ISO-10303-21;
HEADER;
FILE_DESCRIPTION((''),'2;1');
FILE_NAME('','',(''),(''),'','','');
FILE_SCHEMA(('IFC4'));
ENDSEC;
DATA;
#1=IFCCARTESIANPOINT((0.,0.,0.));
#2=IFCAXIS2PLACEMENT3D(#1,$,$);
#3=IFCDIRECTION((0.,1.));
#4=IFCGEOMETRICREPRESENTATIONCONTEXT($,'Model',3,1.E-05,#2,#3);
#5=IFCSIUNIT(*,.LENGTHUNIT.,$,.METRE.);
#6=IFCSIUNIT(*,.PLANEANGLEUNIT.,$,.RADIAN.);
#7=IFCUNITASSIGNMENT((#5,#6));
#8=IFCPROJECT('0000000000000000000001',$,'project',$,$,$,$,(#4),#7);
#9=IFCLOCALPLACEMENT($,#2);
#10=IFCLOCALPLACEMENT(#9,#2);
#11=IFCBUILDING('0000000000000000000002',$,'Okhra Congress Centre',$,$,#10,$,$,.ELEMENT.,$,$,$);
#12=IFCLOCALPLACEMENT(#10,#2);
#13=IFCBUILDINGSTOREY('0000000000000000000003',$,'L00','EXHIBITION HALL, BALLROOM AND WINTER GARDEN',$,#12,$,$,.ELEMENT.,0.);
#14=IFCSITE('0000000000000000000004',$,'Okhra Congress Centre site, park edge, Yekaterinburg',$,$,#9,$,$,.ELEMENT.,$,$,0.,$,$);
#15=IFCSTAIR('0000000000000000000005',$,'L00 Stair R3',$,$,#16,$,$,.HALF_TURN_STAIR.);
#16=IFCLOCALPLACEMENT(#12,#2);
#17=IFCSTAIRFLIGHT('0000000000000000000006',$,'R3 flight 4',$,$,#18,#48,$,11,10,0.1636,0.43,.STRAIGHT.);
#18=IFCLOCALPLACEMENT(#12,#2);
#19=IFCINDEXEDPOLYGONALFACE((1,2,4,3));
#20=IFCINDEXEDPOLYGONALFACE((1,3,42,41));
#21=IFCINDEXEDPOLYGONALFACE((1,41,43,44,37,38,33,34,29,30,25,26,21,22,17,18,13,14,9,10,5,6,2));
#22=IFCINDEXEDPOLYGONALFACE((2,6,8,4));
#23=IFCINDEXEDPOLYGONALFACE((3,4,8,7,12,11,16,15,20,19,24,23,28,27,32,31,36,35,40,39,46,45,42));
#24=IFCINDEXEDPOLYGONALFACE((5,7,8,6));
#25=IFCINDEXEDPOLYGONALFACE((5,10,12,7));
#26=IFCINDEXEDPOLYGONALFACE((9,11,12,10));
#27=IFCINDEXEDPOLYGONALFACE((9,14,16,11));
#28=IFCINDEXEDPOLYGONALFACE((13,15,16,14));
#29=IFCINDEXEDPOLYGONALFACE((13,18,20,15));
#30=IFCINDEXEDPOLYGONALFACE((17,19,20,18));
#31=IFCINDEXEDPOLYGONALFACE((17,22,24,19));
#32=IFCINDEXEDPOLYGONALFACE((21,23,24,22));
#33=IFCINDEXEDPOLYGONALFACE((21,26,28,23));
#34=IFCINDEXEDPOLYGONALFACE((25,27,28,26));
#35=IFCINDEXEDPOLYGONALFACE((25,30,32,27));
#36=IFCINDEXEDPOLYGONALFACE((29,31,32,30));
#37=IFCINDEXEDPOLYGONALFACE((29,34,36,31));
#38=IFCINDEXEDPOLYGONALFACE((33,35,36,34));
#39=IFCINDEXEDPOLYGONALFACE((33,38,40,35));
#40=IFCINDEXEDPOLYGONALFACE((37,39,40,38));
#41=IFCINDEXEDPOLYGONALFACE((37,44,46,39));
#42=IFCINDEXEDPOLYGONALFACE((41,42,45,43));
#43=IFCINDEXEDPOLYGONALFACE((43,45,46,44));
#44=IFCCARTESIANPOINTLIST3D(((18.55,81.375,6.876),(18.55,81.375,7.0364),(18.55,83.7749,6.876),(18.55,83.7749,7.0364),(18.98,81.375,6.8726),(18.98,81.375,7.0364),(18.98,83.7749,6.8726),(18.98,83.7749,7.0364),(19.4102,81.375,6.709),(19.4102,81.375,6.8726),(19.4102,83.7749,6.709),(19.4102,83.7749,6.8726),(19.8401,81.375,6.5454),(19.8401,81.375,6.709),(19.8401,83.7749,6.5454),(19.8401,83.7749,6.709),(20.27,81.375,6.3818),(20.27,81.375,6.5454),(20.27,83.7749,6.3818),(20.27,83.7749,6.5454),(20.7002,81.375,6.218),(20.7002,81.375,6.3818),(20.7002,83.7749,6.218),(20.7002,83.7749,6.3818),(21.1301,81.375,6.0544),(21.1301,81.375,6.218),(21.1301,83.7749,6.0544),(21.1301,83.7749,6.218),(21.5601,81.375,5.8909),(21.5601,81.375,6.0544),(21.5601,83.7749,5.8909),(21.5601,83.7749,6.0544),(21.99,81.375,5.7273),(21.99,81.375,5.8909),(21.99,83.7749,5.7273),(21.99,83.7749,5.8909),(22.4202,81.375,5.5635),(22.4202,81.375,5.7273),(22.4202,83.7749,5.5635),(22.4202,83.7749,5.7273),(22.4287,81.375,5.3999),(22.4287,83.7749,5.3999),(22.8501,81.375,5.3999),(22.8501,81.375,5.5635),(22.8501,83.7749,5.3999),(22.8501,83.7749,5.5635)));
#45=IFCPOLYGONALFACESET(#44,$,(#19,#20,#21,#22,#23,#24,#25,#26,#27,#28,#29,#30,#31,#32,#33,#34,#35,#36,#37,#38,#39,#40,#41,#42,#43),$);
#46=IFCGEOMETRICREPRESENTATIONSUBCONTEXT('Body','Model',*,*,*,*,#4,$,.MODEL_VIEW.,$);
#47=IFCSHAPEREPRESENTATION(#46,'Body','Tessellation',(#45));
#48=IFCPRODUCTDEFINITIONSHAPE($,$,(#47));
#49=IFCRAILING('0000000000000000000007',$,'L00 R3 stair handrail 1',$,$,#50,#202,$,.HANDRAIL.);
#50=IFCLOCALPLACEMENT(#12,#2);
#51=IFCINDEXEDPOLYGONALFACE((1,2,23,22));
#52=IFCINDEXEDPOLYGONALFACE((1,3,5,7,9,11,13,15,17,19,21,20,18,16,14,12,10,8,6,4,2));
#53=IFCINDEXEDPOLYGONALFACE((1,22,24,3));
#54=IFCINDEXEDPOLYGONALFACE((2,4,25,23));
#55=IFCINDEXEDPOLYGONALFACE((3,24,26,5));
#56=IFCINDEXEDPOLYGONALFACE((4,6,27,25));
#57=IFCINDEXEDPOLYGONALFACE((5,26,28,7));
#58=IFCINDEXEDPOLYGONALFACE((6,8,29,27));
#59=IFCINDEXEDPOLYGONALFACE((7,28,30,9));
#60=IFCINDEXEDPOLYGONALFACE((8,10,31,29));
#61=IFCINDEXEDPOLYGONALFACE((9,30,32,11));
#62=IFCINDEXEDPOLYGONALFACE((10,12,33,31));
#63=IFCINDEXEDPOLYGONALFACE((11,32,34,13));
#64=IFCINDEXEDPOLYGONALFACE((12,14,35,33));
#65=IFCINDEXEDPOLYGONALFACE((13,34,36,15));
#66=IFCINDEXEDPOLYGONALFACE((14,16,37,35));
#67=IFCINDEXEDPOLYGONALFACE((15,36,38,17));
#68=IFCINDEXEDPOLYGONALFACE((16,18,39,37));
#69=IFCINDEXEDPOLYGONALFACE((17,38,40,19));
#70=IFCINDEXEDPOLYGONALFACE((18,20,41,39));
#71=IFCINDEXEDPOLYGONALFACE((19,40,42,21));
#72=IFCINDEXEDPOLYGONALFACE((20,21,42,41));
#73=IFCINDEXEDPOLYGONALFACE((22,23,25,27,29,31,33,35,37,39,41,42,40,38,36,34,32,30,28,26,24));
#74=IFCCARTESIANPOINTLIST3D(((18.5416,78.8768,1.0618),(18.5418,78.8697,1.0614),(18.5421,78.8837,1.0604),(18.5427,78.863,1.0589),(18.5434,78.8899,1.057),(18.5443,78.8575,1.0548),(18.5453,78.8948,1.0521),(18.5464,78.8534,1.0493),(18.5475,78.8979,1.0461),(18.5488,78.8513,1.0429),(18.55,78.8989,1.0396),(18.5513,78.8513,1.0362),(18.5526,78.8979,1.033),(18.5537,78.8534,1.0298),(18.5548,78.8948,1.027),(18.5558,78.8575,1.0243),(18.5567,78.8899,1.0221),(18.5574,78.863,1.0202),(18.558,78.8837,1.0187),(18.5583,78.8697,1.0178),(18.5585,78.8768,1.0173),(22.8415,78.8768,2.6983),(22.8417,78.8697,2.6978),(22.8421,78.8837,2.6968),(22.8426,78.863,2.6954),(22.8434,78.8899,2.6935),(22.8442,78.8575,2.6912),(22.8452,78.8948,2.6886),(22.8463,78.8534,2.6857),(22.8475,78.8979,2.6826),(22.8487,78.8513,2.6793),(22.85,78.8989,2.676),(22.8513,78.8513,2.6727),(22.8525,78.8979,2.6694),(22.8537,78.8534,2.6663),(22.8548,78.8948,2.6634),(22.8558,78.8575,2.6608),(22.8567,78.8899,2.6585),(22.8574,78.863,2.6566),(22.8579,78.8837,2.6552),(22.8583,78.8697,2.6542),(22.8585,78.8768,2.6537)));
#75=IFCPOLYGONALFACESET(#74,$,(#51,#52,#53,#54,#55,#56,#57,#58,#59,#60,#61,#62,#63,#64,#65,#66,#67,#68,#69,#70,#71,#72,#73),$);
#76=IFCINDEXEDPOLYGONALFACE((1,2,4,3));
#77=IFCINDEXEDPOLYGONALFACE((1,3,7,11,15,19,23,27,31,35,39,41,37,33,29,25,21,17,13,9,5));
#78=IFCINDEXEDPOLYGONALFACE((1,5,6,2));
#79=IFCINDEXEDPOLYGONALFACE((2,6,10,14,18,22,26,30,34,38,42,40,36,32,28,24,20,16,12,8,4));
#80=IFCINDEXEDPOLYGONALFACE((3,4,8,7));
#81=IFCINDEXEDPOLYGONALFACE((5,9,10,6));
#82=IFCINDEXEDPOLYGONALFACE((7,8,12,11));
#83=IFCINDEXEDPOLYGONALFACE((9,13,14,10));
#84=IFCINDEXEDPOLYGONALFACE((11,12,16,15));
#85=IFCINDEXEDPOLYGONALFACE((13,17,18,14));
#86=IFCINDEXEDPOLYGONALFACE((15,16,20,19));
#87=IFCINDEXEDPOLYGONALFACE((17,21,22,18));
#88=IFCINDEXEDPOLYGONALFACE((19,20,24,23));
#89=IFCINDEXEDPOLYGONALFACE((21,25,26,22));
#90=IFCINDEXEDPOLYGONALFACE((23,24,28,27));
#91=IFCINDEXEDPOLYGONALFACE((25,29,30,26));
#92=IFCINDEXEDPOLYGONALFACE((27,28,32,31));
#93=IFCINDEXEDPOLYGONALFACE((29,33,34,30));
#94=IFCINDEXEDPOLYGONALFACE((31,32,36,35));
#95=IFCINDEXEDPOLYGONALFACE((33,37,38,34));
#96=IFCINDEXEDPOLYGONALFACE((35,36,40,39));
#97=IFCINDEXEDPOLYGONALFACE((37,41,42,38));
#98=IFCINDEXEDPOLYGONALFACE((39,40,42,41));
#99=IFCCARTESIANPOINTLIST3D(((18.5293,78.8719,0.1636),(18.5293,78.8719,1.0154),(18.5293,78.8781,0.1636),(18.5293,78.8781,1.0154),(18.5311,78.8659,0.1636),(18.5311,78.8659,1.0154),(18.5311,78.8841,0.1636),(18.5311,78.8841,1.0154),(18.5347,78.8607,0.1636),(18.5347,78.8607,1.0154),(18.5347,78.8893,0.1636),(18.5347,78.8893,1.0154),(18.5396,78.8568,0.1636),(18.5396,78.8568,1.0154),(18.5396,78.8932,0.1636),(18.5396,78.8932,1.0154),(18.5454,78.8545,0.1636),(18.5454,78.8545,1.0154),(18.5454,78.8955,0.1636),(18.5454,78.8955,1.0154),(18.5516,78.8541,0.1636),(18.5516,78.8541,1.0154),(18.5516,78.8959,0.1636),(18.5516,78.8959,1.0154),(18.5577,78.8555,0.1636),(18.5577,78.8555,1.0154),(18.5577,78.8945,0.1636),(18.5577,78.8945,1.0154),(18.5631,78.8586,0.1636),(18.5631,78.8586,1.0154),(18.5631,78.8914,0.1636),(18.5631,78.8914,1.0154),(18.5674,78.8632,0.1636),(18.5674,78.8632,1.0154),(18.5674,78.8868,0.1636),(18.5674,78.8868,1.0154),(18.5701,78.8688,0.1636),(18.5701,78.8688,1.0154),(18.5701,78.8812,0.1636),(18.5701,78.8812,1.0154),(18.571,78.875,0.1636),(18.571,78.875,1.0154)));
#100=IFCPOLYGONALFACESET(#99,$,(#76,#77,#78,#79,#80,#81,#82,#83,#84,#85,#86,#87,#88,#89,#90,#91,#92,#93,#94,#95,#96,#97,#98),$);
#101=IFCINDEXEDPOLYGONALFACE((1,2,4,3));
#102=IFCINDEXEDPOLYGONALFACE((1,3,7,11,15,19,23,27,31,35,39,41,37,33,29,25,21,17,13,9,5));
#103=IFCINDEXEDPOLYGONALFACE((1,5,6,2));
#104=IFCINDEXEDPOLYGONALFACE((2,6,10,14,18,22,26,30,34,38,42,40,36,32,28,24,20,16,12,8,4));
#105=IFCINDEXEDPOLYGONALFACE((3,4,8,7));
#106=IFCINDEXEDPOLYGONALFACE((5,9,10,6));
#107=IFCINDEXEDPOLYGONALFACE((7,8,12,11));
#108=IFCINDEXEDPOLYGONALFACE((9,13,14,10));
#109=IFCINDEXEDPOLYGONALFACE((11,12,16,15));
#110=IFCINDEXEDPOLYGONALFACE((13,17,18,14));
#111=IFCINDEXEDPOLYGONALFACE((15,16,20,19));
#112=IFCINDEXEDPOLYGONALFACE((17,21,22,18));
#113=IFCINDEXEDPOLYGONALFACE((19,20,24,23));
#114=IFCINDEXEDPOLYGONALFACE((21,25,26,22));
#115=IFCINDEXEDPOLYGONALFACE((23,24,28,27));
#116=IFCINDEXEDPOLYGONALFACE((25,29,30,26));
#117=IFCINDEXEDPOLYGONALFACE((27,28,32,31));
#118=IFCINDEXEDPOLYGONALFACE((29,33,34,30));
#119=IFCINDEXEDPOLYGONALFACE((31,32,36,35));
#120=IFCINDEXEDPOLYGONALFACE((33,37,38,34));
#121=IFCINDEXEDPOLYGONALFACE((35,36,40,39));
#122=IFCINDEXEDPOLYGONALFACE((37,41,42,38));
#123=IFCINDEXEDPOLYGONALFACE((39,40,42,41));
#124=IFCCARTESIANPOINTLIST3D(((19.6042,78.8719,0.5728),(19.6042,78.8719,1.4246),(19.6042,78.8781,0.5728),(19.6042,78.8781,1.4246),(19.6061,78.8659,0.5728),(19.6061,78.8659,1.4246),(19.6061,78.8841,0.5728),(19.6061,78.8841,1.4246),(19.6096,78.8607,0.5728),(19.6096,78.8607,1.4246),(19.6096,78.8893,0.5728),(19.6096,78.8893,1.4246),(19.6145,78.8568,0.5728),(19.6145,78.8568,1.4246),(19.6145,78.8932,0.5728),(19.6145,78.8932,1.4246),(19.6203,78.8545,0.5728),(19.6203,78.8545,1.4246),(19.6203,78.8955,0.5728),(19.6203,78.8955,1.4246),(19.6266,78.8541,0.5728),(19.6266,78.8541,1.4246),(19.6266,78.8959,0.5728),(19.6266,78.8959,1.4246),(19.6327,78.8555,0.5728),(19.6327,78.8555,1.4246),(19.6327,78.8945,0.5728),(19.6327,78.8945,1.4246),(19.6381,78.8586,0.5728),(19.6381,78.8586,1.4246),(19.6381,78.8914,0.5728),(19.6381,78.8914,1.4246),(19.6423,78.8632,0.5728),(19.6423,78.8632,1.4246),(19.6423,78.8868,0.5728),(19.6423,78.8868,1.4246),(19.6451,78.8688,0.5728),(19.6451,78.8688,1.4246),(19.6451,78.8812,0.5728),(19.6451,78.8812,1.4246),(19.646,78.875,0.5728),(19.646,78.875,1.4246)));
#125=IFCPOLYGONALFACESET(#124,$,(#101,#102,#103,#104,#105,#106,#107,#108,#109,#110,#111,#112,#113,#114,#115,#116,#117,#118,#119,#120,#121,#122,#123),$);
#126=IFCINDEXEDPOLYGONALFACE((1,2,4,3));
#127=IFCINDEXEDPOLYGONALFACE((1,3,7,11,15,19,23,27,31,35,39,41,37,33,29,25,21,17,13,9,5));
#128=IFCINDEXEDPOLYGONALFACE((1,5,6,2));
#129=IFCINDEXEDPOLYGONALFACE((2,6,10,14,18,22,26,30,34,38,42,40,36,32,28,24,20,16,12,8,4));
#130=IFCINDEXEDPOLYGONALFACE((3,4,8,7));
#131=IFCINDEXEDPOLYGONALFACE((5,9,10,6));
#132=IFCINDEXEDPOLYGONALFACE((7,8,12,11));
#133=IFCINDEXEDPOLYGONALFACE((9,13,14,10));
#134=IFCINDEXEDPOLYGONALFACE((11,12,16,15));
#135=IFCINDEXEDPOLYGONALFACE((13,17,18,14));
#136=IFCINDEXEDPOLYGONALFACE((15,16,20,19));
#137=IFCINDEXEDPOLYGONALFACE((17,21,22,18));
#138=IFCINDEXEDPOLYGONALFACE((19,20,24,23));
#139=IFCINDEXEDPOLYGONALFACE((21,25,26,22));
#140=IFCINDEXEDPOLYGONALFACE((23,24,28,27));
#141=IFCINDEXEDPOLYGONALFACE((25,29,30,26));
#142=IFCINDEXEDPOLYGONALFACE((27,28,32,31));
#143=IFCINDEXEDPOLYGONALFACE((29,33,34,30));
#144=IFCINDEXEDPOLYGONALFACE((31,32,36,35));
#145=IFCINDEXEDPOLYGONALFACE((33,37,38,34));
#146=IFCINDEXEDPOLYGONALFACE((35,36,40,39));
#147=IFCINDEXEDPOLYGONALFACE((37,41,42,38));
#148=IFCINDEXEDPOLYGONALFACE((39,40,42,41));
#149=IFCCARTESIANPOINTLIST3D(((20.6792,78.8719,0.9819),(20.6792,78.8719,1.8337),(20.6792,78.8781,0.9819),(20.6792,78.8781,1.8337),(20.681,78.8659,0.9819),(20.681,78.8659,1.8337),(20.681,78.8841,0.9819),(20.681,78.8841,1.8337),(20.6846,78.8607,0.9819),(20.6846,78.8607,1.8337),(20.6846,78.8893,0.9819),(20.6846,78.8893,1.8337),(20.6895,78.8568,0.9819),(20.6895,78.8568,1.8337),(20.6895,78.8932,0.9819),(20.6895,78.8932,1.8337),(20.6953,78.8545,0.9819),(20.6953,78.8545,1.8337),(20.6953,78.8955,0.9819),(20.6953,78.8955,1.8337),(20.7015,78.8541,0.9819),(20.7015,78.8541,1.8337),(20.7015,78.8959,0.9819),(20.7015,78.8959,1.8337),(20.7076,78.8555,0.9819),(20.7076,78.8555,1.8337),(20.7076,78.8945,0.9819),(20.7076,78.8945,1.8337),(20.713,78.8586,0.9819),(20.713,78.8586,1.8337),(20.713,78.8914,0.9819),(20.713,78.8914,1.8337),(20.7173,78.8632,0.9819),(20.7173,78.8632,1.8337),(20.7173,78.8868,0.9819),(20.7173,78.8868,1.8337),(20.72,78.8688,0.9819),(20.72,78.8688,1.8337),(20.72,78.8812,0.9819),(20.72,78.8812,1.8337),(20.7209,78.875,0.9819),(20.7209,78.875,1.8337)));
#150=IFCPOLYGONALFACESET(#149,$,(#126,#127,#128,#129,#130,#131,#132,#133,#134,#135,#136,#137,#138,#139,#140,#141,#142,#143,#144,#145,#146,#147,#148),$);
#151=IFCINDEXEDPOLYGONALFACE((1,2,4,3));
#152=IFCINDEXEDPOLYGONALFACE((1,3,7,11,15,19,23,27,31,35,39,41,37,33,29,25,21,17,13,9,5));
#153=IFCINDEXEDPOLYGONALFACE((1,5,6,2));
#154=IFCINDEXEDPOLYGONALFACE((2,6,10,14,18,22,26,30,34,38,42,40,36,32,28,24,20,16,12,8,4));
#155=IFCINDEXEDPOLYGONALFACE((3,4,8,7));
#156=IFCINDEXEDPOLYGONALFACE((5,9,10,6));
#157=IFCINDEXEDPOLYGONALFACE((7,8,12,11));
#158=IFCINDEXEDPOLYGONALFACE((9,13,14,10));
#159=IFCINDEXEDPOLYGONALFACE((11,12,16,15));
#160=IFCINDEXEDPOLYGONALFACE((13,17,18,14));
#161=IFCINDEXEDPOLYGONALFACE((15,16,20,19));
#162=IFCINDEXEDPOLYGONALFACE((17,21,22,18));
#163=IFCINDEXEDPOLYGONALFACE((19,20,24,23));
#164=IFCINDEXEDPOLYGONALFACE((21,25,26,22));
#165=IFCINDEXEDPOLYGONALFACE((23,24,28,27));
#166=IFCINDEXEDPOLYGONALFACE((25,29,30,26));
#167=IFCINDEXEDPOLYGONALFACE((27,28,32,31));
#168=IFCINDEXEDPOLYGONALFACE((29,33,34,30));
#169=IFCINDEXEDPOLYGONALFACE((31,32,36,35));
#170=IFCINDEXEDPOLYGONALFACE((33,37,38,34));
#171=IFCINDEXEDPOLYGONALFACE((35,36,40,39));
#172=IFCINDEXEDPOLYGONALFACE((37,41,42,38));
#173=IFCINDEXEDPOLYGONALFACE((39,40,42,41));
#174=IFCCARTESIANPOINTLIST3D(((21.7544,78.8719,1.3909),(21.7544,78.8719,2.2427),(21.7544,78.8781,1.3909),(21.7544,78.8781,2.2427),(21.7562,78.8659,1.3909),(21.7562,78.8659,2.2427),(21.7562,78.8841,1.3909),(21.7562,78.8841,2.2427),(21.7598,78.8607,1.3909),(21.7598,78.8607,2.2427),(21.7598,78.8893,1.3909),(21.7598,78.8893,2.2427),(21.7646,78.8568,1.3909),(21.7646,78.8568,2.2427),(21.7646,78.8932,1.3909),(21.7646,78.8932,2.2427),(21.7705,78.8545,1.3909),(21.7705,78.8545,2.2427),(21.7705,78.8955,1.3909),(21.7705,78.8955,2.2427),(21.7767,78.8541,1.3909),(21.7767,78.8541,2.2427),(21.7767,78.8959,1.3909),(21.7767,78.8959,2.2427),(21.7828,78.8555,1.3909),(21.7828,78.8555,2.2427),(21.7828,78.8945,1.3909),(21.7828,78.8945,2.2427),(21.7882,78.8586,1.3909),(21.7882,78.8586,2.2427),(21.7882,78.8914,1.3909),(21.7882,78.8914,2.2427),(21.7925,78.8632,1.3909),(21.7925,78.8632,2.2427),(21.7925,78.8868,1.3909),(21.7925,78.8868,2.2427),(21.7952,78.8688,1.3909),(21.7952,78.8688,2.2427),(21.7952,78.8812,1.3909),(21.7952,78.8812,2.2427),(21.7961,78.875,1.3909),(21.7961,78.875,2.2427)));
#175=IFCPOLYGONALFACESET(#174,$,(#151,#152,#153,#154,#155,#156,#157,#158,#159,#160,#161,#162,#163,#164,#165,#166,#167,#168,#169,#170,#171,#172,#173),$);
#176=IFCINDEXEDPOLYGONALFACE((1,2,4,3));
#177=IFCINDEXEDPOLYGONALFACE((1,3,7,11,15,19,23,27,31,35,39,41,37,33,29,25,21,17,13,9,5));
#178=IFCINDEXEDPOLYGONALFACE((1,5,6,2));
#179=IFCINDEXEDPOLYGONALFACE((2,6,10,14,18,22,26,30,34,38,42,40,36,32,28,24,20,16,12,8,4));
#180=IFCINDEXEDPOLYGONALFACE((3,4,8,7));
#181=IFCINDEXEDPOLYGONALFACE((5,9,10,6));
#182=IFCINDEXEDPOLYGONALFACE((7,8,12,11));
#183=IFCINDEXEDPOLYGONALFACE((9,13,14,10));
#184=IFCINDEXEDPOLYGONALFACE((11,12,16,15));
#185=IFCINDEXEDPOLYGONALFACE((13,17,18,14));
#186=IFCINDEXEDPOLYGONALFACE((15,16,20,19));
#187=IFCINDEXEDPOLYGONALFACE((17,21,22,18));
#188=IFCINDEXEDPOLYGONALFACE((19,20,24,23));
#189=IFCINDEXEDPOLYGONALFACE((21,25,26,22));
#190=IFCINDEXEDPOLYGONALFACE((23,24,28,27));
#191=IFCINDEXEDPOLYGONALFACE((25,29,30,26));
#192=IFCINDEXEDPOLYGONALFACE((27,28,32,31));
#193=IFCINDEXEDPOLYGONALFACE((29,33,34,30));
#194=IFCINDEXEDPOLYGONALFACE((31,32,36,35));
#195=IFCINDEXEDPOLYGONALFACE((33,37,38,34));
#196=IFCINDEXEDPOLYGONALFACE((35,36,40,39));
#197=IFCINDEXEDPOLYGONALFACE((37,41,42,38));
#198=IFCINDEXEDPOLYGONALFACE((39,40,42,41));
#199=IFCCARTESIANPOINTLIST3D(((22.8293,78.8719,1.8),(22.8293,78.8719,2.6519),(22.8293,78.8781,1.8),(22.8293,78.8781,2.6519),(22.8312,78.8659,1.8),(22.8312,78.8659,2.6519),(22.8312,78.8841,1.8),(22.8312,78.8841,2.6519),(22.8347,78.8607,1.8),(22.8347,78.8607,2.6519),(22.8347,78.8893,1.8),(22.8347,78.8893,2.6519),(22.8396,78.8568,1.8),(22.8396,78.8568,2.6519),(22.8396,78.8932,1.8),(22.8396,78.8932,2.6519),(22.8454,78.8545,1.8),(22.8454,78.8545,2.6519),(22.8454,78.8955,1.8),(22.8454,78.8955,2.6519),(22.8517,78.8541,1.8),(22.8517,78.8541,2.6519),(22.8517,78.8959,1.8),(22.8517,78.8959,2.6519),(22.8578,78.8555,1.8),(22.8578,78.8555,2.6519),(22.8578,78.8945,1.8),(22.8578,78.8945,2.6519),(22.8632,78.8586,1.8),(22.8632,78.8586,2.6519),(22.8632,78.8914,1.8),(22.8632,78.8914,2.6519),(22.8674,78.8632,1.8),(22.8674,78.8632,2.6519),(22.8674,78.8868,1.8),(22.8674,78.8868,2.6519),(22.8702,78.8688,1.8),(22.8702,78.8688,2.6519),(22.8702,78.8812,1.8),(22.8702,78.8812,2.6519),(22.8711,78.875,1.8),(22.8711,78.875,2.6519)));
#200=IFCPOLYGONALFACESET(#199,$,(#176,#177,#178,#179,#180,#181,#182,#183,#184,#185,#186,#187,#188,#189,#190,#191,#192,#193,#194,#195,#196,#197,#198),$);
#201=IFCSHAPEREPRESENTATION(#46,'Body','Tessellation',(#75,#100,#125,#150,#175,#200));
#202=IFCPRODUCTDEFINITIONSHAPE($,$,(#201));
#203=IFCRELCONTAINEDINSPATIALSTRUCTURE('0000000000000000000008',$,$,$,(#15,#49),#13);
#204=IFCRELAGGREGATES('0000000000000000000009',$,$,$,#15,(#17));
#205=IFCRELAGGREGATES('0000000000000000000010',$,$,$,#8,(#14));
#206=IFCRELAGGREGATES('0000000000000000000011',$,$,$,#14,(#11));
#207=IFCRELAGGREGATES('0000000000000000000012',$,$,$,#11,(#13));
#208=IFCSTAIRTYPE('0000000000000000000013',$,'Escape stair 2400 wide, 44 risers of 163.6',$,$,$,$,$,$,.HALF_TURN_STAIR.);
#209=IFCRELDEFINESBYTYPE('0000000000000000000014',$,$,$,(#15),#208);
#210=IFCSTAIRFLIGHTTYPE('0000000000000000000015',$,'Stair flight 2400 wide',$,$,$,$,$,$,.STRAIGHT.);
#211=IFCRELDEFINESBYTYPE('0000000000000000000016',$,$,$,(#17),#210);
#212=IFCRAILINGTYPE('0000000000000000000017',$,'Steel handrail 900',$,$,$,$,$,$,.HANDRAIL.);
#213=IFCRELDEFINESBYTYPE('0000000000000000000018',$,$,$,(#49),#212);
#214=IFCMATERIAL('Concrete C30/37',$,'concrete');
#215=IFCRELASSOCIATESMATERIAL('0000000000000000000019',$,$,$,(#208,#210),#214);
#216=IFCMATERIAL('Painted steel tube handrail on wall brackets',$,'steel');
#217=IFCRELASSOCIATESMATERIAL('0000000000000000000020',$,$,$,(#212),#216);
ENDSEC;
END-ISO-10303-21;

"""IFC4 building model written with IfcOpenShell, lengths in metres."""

from ifc_helpers import new_model, si_unit, direction, frame, origin, origin_2d, place, context, subcontext, project, spatial, polyline, circle, outline, extrude, material, type_object, element, aggregate, save


model = new_model("IFC4")

# Units and contexts
model_context = context("Model", 3, precision=1e-05, world=origin(), true_north=direction((0.0, 1.0)))
body_context = subcontext(model_context, "Body", "Model", "MODEL_VIEW")
ifc_project = project(units=[si_unit("LENGTHUNIT", "METRE"), si_unit("PLANEANGLEUNIT", "RADIAN")], contexts=[model_context])

# Site, building, storey
site_placement = place(None, origin())
site = spatial("IfcSite", under=ifc_project, at=site_placement, Name="Okhra Congress Centre site, park edge, Yekaterinburg", CompositionType="ELEMENT", RefElevation=0.0)
building_placement = place(site_placement, origin())
building = spatial("IfcBuilding", under=site, at=building_placement, Name="Okhra Congress Centre", CompositionType="ELEMENT")
storey_placement = place(building_placement, origin())
storey = spatial("IfcBuildingStorey", under=building, at=storey_placement, Name="L00", Description="EXHIBITION HALL, BALLROOM AND WINTER GARDEN", CompositionType="ELEMENT", Elevation=0.0)

# Shared definitions
ifc_material_1 = material(Name="Concrete C30/37", Category="concrete")

# Stair, stair flight
stair_type = type_object("IfcStairType", Name="Escape stair 2400 wide, 44 risers of 163.6", PredefinedType="HALF_TURN_STAIR", material=ifc_material_1)
stair_placement = place(storey_placement, origin())
stair = element("IfcStair", 1, at=stair_placement, inside=storey, type_object=stair_type, Name="L00 Stair R3", PredefinedType="HALF_TURN_STAIR")
stair_flight_type = type_object("IfcStairFlightType", Name="Stair flight 2400 wide", PredefinedType="STRAIGHT", material=ifc_material_1)
stair_flight_1_placement = place(storey_placement, frame((22.8501, 82.575, 5.3999), z_axis=(0.0, 0.0, 1.0), x_axis=(-1.0, 0.0, 0.0)))
stair_flight_1 = element("IfcStairFlight", 2, at=stair_flight_1_placement, type_object=stair_flight_type, Name="R3 flight 4", NumberOfRisers=11, NumberOfTreads=10, PredefinedType="STRAIGHT", RiserHeight=0.1636, TreadLength=0.43, context=body_context, shape_type="SweptSolid", body=[
    extrude(outline(polyline([(0.0, 0.0), (0.0, 0.1636), (0.4299, 0.1636), (0.4299, 0.3274), (0.8601, 0.3274), (0.8601, 0.491), (1.29, 0.491), (1.29, 0.6545), (1.72, 0.6545), (1.72, 0.8181), (2.1499, 0.8181), (2.1499, 0.9819), (2.5801, 0.9819), (2.5801, 1.1455), (3.01, 1.1455), (3.01, 1.3091), (3.4399, 1.3091), (3.4399, 1.4727), (3.8701, 1.4727), (3.8701, 1.6365), (4.3, 1.6365), (4.3, 1.8), (4.3, 1.4761), (0.4214, 0.0), (0.0, 0.0)])), frame((0.0, 1.2, 0.0), z_axis=(0.0, -1.0, 0.0), x_axis=(1.0, 0.0, 0.0)), (0.0, 0.0, 1.0), 2.3999),
])
aggregate(stair, [stair_flight_1])

# Railing
ifc_material_2 = material(Name="Painted steel tube handrail on wall brackets", Category="steel")
railing_type_1 = type_object("IfcRailingType", Name="Steel handrail 900", PredefinedType="HANDRAIL", material=ifc_material_2)
railing_1_placement = place(storey_placement, frame((18.55, 78.875, 0.1636)))
element("IfcRailing", 3, at=railing_1_placement, inside=storey, type_object=railing_type_1, Name="L00 R3 stair handrail 1", PredefinedType="HANDRAIL", context=body_context, shape_type="SweptSolid", body=[
    extrude(circle(Radius=0.0239, at=origin_2d()), frame((0.0, 0.0, 0.876), z_axis=(0.934606, 0.0, 0.355684), x_axis=(0.0, 1.0, 0.0)), (0.0, 0.0, 1.0), 4.6008),
    extrude(circle(Radius=0.021, at=origin_2d()), origin(), (0.0, 0.0, 1.0), 0.8518),
    extrude(circle(Radius=0.021, at=origin_2d()), frame((1.075, 0.0, 0.4092)), (0.0, 0.0, 1.0), 0.8518),
    extrude(circle(Radius=0.021, at=origin_2d()), frame((2.1499, 0.0, 0.8184)), (0.0, 0.0, 1.0), 0.8518),
    extrude(circle(Radius=0.021, at=origin_2d()), frame((3.2251, 0.0, 1.2273)), (0.0, 0.0, 1.0), 0.8518),
    extrude(circle(Radius=0.021, at=origin_2d()), frame((4.3, 0.0, 1.6365)), (0.0, 0.0, 1.0), 0.8518),
])

save(model, "model.ifc")
